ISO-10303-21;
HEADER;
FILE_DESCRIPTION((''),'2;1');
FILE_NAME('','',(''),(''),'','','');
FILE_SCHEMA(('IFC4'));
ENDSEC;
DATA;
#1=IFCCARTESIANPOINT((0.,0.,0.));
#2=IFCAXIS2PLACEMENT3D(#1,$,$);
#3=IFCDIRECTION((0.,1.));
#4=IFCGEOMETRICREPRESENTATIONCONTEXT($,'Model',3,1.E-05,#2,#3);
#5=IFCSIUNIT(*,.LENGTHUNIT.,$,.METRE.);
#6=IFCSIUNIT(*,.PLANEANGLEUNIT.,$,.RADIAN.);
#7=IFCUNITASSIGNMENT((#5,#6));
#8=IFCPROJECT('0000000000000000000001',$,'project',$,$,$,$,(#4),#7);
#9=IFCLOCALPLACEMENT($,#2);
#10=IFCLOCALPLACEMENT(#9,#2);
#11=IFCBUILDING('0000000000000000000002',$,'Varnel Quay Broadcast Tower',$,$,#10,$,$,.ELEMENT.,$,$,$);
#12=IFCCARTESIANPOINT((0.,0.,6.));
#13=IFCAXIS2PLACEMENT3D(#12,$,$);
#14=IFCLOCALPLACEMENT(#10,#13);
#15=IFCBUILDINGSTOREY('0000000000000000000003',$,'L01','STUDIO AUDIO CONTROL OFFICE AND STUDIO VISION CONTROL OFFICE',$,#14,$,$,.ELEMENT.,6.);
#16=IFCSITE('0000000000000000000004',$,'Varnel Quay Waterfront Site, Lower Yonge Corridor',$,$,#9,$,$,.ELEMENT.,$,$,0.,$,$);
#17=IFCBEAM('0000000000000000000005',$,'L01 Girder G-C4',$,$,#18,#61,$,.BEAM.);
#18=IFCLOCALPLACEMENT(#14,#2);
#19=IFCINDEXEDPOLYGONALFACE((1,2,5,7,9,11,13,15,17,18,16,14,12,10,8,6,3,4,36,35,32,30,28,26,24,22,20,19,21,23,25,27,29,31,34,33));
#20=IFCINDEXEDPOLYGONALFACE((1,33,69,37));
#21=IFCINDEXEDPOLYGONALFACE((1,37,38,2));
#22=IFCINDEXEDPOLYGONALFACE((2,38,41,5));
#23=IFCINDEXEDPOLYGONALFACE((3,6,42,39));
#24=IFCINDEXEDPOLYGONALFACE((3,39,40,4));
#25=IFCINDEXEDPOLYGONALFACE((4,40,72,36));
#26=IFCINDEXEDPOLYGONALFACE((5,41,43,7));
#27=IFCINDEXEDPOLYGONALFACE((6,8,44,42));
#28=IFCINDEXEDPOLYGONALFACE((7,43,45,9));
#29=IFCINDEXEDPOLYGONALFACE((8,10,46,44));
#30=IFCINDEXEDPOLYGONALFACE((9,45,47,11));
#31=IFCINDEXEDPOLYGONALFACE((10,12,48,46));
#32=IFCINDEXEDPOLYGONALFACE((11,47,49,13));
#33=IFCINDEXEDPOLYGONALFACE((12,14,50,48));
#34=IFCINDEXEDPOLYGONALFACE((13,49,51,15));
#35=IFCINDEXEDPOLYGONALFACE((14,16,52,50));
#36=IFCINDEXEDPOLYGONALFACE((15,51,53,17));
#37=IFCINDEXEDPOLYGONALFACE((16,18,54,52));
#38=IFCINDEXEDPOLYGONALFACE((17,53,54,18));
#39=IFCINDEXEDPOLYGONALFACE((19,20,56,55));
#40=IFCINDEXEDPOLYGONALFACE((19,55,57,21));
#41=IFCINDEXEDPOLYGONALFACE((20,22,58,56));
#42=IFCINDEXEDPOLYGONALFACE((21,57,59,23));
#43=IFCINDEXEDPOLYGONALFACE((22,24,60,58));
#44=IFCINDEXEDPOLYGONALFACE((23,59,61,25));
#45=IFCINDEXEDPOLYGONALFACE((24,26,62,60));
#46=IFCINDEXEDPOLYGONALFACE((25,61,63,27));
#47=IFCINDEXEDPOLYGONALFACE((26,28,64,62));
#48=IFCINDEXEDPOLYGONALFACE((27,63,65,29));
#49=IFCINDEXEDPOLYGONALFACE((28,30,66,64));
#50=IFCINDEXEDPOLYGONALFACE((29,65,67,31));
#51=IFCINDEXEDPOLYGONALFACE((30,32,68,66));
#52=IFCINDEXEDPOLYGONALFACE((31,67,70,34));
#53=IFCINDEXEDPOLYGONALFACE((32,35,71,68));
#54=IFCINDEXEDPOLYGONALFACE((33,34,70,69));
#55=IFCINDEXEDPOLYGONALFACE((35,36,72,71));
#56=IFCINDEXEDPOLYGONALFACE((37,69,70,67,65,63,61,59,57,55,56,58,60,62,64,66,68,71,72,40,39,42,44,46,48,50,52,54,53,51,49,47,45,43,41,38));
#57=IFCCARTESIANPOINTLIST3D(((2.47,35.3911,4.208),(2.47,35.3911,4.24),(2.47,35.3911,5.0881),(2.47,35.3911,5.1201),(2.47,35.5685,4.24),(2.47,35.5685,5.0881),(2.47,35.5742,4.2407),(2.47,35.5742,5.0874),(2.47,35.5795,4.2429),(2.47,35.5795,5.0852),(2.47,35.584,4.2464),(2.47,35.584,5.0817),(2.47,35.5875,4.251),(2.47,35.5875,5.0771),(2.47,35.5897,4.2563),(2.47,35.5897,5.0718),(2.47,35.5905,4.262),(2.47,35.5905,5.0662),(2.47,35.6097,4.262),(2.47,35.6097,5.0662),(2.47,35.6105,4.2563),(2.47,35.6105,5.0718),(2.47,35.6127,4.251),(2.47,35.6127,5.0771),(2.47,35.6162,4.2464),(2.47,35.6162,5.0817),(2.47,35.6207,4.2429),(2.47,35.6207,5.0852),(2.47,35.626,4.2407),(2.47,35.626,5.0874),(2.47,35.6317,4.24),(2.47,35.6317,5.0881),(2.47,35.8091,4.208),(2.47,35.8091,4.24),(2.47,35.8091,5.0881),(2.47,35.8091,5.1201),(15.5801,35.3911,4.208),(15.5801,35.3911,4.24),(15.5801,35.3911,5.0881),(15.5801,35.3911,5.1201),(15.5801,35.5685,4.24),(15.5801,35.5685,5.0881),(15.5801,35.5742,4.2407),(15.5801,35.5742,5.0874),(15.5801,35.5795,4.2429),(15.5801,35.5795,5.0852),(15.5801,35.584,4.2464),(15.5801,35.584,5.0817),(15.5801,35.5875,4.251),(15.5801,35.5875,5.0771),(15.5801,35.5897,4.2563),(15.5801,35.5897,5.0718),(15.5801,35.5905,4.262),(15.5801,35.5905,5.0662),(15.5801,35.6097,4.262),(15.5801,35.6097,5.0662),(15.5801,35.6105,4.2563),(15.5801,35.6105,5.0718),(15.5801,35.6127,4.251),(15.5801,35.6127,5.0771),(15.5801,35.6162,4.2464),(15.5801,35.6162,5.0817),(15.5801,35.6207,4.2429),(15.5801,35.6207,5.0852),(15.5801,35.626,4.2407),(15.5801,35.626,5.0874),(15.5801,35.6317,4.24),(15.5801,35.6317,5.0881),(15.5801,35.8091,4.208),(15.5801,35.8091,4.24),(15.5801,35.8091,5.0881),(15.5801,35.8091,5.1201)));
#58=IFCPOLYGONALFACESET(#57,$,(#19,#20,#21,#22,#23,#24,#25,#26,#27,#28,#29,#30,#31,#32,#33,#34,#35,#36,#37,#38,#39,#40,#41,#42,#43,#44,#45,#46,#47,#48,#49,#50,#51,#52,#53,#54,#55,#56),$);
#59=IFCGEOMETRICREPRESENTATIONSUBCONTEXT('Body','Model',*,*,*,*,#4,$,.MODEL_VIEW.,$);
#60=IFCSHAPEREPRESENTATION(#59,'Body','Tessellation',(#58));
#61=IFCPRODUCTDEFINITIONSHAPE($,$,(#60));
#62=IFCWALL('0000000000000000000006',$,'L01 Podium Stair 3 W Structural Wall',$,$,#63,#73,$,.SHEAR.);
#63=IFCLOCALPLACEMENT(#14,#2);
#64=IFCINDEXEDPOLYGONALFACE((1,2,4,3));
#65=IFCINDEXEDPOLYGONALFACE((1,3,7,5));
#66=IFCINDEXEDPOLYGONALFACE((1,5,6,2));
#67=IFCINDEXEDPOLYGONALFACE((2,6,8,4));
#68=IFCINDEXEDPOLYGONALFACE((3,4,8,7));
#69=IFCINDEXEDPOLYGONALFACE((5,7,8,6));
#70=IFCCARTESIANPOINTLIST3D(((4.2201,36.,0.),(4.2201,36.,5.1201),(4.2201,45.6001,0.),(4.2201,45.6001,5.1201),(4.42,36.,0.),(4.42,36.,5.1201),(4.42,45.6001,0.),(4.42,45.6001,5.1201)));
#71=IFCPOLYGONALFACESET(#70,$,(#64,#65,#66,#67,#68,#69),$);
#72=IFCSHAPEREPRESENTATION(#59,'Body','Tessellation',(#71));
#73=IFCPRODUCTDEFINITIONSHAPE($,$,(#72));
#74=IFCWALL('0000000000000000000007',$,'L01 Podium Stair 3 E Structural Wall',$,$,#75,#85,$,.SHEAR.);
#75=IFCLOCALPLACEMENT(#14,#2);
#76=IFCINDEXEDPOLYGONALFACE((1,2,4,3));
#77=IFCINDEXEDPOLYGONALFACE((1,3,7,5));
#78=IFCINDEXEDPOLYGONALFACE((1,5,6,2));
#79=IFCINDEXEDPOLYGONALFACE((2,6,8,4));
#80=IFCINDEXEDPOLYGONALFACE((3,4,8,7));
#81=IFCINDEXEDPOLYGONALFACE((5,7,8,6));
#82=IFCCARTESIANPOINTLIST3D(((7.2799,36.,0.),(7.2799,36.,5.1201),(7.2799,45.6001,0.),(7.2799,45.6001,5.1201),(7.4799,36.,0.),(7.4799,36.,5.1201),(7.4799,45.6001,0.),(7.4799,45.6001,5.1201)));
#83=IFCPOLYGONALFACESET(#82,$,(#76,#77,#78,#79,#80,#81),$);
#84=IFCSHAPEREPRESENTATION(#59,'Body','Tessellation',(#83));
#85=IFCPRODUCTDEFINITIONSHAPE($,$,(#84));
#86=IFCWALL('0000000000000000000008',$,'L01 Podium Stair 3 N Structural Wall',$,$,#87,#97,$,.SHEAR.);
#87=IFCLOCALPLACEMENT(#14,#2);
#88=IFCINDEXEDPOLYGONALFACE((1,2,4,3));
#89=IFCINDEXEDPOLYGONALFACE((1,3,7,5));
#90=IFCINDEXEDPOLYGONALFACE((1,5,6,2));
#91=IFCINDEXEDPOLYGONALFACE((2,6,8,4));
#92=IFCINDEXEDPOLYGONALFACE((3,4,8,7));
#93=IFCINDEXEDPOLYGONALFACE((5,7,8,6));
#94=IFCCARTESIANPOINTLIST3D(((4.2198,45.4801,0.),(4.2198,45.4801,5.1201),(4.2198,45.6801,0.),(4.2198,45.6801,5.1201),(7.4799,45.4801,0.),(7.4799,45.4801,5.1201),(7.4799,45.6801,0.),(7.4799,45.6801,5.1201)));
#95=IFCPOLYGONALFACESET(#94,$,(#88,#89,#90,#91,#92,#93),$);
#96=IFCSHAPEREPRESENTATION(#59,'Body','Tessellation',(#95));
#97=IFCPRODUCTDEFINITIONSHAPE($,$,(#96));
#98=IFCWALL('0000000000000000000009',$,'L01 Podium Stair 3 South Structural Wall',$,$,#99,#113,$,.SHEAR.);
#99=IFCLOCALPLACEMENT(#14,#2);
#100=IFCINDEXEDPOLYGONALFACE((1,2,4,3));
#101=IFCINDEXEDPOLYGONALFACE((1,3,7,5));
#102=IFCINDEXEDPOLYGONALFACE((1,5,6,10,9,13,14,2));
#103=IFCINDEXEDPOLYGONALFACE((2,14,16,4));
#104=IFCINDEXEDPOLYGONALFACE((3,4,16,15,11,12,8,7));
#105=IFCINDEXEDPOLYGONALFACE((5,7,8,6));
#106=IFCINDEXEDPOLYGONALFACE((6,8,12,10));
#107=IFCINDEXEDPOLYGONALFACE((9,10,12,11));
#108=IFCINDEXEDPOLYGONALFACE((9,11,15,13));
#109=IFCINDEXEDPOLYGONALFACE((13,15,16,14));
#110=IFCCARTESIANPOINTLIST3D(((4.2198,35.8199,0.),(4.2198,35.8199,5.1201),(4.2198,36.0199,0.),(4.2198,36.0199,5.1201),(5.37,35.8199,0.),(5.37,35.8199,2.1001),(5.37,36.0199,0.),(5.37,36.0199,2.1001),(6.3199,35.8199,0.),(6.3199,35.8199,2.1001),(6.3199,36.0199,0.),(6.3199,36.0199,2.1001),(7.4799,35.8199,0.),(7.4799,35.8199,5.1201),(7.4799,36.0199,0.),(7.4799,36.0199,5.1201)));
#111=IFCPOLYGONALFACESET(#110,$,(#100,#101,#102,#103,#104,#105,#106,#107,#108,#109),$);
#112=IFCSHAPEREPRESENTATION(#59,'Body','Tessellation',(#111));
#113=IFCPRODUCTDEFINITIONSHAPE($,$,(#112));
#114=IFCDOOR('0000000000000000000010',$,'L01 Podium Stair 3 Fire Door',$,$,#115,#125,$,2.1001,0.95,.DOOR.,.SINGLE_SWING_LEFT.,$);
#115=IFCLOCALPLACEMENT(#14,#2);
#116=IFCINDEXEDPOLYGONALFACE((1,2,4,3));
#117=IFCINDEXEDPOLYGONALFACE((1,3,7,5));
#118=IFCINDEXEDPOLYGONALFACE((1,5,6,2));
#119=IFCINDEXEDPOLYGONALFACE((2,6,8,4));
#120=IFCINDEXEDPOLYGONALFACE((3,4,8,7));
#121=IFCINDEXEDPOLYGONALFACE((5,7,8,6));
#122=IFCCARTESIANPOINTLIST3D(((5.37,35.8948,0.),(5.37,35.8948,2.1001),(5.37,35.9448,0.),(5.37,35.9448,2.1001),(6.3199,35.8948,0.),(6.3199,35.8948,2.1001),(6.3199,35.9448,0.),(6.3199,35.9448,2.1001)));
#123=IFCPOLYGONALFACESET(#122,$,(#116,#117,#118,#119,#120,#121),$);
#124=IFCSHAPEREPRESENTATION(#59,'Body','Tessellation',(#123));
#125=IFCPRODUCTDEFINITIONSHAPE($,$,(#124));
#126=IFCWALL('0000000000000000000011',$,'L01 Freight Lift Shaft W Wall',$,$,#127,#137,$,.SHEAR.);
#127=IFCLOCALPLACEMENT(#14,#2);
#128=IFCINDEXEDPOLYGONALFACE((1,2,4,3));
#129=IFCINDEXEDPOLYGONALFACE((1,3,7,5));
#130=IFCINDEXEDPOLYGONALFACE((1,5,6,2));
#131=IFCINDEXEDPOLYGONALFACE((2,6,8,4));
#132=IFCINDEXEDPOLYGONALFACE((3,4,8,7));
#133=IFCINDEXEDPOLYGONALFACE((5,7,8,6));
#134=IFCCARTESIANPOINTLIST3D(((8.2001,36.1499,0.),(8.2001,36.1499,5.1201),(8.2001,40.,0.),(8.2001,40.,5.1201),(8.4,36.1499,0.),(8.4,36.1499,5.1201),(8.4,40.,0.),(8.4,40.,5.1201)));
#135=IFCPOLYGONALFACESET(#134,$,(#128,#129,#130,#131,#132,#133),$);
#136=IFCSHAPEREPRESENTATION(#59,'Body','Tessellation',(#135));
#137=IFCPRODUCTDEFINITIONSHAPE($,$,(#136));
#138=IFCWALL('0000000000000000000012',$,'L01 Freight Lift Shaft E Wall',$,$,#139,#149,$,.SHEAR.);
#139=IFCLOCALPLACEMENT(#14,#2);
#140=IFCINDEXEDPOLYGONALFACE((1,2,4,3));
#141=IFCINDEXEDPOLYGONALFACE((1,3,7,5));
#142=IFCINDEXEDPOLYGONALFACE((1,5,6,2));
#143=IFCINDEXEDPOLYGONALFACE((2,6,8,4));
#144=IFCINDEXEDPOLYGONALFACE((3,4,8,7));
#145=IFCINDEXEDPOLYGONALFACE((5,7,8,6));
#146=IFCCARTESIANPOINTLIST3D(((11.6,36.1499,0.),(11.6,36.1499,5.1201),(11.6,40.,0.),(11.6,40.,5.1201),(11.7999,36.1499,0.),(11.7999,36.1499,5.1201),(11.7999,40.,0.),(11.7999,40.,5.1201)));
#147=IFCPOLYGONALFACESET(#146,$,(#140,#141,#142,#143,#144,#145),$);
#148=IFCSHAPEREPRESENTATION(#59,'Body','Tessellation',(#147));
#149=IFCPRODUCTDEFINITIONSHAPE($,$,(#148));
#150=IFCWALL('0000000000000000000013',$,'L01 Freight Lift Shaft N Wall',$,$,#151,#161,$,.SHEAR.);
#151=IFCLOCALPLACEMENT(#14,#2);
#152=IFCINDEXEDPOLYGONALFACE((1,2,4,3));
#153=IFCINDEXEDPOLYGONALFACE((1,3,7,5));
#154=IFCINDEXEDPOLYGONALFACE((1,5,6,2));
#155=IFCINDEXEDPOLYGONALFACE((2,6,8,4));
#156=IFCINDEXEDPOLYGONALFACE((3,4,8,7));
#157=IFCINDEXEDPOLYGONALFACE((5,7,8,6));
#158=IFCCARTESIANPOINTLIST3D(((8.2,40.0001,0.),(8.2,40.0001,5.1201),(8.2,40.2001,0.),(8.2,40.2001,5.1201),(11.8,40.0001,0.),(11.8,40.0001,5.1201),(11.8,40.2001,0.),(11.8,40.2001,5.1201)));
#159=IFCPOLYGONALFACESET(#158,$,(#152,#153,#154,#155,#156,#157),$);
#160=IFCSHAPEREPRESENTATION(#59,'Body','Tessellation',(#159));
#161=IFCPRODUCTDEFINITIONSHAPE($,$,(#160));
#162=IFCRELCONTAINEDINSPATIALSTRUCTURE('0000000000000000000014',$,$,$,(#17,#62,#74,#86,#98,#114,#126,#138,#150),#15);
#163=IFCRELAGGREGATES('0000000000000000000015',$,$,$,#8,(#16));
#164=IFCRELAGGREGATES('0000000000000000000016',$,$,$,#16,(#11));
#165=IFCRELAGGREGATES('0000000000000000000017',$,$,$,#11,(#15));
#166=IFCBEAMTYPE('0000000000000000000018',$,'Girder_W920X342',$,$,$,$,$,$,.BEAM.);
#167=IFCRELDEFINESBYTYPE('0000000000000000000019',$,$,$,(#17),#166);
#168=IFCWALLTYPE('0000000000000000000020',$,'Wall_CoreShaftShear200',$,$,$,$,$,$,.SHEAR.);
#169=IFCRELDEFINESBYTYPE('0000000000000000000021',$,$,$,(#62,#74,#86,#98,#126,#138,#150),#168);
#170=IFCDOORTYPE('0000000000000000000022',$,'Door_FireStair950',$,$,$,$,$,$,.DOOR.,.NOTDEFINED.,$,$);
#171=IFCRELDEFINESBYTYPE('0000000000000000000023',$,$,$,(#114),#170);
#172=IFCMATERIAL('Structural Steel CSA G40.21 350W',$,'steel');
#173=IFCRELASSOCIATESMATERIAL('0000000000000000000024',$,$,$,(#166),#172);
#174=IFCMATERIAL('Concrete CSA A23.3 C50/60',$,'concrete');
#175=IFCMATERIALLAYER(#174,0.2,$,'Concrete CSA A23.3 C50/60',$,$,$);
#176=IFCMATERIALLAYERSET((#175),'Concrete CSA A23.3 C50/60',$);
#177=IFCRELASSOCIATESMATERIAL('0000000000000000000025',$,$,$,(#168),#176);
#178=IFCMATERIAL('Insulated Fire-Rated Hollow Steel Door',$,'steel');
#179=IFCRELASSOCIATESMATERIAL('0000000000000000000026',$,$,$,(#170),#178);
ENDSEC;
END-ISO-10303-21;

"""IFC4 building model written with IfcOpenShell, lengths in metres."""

from ifc_helpers import new_model, si_unit, direction, frame, frame_2d, origin, origin_2d, place, context, subcontext, project, spatial, rectangle, i_section, extrude, source, transform, mapped, material, layer, layer_set, material_profile, profile_set, type_object, type_shapes, element, fill, save


model = new_model("IFC4")

# Units and contexts
model_context = context("Model", 3, precision=1e-05, world=origin(), true_north=direction((0.0, 1.0)))
body_context = subcontext(model_context, "Body", "Model", "MODEL_VIEW")
ifc_project = project(units=[si_unit("LENGTHUNIT", "METRE"), si_unit("PLANEANGLEUNIT", "RADIAN")], contexts=[model_context])

# Site, building, storey
site_placement = place(None, origin())
site = spatial("IfcSite", under=ifc_project, at=site_placement, Name="Varnel Quay Waterfront Site, Lower Yonge Corridor", CompositionType="ELEMENT", RefElevation=0.0)
building_placement = place(site_placement, origin())
building = spatial("IfcBuilding", under=site, at=building_placement, Name="Varnel Quay Broadcast Tower", CompositionType="ELEMENT")
storey_placement = place(building_placement, frame((0.0, 0.0, 6.0)))
storey = spatial("IfcBuildingStorey", under=building, at=storey_placement, Name="L01", Description="STUDIO AUDIO CONTROL OFFICE AND STUDIO VISION CONTROL OFFICE", CompositionType="ELEMENT", Elevation=6.0)

# Shared definitions
ifc_material_1 = material(Name="Structural Steel CSA G40.21 350W", Category="steel")

# Beam
ifc_material_profile_1 = material_profile(ifc_material_1, i_section(OverallWidth=0.418, OverallDepth=0.9121, WebThickness=0.0193, FlangeThickness=0.032, FilletRadius=0.022, at=origin_2d()), Name="W920X342")
ifc_profile_set_1 = profile_set([ifc_material_profile_1], Name="Structural Steel CSA G40.21 350W")
beam_type = type_object("IfcBeamType", Name="Girder_W920X342", PredefinedType="BEAM", material=ifc_profile_set_1)
shared_shape_1 = source(origin(), body_context, "Body", "SweptSolid", [
    extrude(i_section(OverallWidth=0.418, OverallDepth=0.9121, WebThickness=0.0193, FlangeThickness=0.032, FilletRadius=0.022, at=origin_2d()), origin(), (0.0, 0.0, 1.0), 13.1101),
])
beam_1_placement = place(storey_placement, frame((2.47, 35.6001, 4.6641), z_axis=(1.0, 0.0, 0.0), x_axis=(0.0, 1.0, 0.0)))
element("IfcBeam", 1, at=beam_1_placement, inside=storey, type_object=beam_type, Name="L01 Girder G-C4", PredefinedType="BEAM", context=body_context, shape_type="MappedRepresentation", body=[
    mapped(shared_shape_1, transform((0.0, 0.0, 0.0), x_axis=(1.0, 0.0, 0.0), y_axis=(0.0, 1.0, 0.0), z_axis=(0.0, 0.0, 1.0), scale=1.0)),
])

# Walls
ifc_material_2 = material(Name="Concrete CSA A23.3 C50/60", Category="concrete")
ifc_layer_1 = layer(ifc_material_2, 0.2, Name="Concrete CSA A23.3 C50/60")
ifc_layer_set_1 = layer_set([ifc_layer_1], Name="Concrete CSA A23.3 C50/60")
wall_type_1 = type_object("IfcWallType", Name="Wall_CoreShaftShear200", PredefinedType="SHEAR", material=ifc_layer_set_1)
for number, where, z_axis, x_axis, name in (
    (2, (4.3201, 36.0, 0.0), (0.0, 0.0, 1.0), (0.0, 1.0, 0.0), "L01 Podium Stair 3 W Structural Wall"),
    (3, (7.3799, 36.0, 0.0), (0.0, 0.0, 1.0), (0.0, 1.0, 0.0), "L01 Podium Stair 3 E Structural Wall"),
):
    element("IfcWall", number, at=place(storey_placement, frame(where, z_axis=z_axis, x_axis=x_axis)), inside=storey, type_object=wall_type_1, Name=name, PredefinedType="SHEAR", context=body_context, shape_type="SweptSolid", body=[
        extrude(rectangle(XDim=9.6001, YDim=0.2, at=frame_2d((4.8, 0.0))), origin(), (0.0, 0.0, 1.0), 5.1201),
    ])
wall_1_placement = place(storey_placement, frame((4.22, 45.5801, 0.0), z_axis=(0.0, 0.0, 1.0), x_axis=(1.0, 0.0, 0.0)))
element("IfcWall", 4, at=wall_1_placement, inside=storey, type_object=wall_type_1, Name="L01 Podium Stair 3 N Structural Wall", PredefinedType="SHEAR", context=body_context, shape_type="SweptSolid", body=[
    extrude(rectangle(XDim=3.26, YDim=0.2, at=frame_2d((1.6299, 0.0))), origin(), (0.0, 0.0, 1.0), 5.1201),
])

# Wall, opening, door
wall_2_placement = place(storey_placement, frame((4.22, 35.9199, 0.0), z_axis=(0.0, 0.0, 1.0), x_axis=(1.0, 0.0, 0.0)))
wall_2 = element("IfcWall", 5, at=wall_2_placement, inside=storey, type_object=wall_type_1, Name="L01 Podium Stair 3 South Structural Wall", PredefinedType="SHEAR", context=body_context, shape_type="SweptSolid", body=[
    extrude(rectangle(XDim=3.26, YDim=0.2, at=frame_2d((1.6299, 0.0))), origin(), (0.0, 0.0, 1.0), 5.1201),
])
opening_1_placement = place(wall_2_placement, frame((1.1499, 0.0, 0.0)))
opening_1 = element("IfcOpeningElement", 6, at=opening_1_placement, cuts=wall_2, PredefinedType="OPENING", context=body_context, shape_type="SweptSolid", body=[
    extrude(rectangle(XDim=0.95, YDim=2.1001, at=frame_2d((0.4751, 1.05))), frame((0.0, 0.1099, 0.0), z_axis=(0.0, -1.0, 0.0), x_axis=(1.0, 0.0, 0.0)), (0.0, 0.0, 1.0), 0.22),
])
ifc_material_3 = material(Name="Insulated Fire-Rated Hollow Steel Door", Category="steel")
door_type_1 = type_object("IfcDoorType", Name="Door_FireStair950", OperationType="NOTDEFINED", PredefinedType="DOOR", material=ifc_material_3)
shared_shape_2 = source(origin(), body_context, "Body", "SweptSolid", [
    extrude(rectangle(XDim=0.95, YDim=2.1001, at=frame_2d((0.4751, 1.05))), frame((0.0, 0.0249, 0.0), z_axis=(0.0, -1.0, 0.0), x_axis=(1.0, 0.0, 0.0)), (0.0, 0.0, 1.0), 0.05),
])
type_shapes(door_type_1, [shared_shape_2])
door_1_placement = place(opening_1_placement, origin())
door_1 = element("IfcDoor", 7, at=door_1_placement, inside=storey, type_object=door_type_1, Name="L01 Podium Stair 3 Fire Door", OperationType="SINGLE_SWING_LEFT", OverallHeight=2.1001, OverallWidth=0.95, PredefinedType="DOOR", context=body_context, shape_type="MappedRepresentation", body=[
    mapped(shared_shape_2, transform((0.0, 0.0, 0.0), x_axis=(1.0, 0.0, 0.0), y_axis=(0.0, 1.0, 0.0), z_axis=(0.0, 0.0, 1.0), scale=1.0)),
])
fill(opening_1, door_1)

# Walls
for number, where, z_axis, x_axis, name in (
    (8, (8.3, 36.1499, 0.0), (0.0, 0.0, 1.0), (0.0, 1.0, 0.0), "L01 Freight Lift Shaft W Wall"),
    (9, (11.7, 36.1499, 0.0), (0.0, 0.0, 1.0), (0.0, 1.0, 0.0), "L01 Freight Lift Shaft E Wall"),
):
    element("IfcWall", number, at=place(storey_placement, frame(where, z_axis=z_axis, x_axis=x_axis)), inside=storey, type_object=wall_type_1, Name=name, PredefinedType="SHEAR", context=body_context, shape_type="SweptSolid", body=[
        extrude(rectangle(XDim=3.8501, YDim=0.2, at=frame_2d((1.925, 0.0))), origin(), (0.0, 0.0, 1.0), 5.1201),
    ])
wall_3_placement = place(storey_placement, frame((8.2, 40.1001, 0.0), z_axis=(0.0, 0.0, 1.0), x_axis=(1.0, 0.0, 0.0)))
element("IfcWall", 10, at=wall_3_placement, inside=storey, type_object=wall_type_1, Name="L01 Freight Lift Shaft N Wall", PredefinedType="SHEAR", context=body_context, shape_type="SweptSolid", body=[
    extrude(rectangle(XDim=3.6001, YDim=0.2, at=frame_2d((1.8, 0.0))), origin(), (0.0, 0.0, 1.0), 5.1201),
])

save(model, "model.ifc")
